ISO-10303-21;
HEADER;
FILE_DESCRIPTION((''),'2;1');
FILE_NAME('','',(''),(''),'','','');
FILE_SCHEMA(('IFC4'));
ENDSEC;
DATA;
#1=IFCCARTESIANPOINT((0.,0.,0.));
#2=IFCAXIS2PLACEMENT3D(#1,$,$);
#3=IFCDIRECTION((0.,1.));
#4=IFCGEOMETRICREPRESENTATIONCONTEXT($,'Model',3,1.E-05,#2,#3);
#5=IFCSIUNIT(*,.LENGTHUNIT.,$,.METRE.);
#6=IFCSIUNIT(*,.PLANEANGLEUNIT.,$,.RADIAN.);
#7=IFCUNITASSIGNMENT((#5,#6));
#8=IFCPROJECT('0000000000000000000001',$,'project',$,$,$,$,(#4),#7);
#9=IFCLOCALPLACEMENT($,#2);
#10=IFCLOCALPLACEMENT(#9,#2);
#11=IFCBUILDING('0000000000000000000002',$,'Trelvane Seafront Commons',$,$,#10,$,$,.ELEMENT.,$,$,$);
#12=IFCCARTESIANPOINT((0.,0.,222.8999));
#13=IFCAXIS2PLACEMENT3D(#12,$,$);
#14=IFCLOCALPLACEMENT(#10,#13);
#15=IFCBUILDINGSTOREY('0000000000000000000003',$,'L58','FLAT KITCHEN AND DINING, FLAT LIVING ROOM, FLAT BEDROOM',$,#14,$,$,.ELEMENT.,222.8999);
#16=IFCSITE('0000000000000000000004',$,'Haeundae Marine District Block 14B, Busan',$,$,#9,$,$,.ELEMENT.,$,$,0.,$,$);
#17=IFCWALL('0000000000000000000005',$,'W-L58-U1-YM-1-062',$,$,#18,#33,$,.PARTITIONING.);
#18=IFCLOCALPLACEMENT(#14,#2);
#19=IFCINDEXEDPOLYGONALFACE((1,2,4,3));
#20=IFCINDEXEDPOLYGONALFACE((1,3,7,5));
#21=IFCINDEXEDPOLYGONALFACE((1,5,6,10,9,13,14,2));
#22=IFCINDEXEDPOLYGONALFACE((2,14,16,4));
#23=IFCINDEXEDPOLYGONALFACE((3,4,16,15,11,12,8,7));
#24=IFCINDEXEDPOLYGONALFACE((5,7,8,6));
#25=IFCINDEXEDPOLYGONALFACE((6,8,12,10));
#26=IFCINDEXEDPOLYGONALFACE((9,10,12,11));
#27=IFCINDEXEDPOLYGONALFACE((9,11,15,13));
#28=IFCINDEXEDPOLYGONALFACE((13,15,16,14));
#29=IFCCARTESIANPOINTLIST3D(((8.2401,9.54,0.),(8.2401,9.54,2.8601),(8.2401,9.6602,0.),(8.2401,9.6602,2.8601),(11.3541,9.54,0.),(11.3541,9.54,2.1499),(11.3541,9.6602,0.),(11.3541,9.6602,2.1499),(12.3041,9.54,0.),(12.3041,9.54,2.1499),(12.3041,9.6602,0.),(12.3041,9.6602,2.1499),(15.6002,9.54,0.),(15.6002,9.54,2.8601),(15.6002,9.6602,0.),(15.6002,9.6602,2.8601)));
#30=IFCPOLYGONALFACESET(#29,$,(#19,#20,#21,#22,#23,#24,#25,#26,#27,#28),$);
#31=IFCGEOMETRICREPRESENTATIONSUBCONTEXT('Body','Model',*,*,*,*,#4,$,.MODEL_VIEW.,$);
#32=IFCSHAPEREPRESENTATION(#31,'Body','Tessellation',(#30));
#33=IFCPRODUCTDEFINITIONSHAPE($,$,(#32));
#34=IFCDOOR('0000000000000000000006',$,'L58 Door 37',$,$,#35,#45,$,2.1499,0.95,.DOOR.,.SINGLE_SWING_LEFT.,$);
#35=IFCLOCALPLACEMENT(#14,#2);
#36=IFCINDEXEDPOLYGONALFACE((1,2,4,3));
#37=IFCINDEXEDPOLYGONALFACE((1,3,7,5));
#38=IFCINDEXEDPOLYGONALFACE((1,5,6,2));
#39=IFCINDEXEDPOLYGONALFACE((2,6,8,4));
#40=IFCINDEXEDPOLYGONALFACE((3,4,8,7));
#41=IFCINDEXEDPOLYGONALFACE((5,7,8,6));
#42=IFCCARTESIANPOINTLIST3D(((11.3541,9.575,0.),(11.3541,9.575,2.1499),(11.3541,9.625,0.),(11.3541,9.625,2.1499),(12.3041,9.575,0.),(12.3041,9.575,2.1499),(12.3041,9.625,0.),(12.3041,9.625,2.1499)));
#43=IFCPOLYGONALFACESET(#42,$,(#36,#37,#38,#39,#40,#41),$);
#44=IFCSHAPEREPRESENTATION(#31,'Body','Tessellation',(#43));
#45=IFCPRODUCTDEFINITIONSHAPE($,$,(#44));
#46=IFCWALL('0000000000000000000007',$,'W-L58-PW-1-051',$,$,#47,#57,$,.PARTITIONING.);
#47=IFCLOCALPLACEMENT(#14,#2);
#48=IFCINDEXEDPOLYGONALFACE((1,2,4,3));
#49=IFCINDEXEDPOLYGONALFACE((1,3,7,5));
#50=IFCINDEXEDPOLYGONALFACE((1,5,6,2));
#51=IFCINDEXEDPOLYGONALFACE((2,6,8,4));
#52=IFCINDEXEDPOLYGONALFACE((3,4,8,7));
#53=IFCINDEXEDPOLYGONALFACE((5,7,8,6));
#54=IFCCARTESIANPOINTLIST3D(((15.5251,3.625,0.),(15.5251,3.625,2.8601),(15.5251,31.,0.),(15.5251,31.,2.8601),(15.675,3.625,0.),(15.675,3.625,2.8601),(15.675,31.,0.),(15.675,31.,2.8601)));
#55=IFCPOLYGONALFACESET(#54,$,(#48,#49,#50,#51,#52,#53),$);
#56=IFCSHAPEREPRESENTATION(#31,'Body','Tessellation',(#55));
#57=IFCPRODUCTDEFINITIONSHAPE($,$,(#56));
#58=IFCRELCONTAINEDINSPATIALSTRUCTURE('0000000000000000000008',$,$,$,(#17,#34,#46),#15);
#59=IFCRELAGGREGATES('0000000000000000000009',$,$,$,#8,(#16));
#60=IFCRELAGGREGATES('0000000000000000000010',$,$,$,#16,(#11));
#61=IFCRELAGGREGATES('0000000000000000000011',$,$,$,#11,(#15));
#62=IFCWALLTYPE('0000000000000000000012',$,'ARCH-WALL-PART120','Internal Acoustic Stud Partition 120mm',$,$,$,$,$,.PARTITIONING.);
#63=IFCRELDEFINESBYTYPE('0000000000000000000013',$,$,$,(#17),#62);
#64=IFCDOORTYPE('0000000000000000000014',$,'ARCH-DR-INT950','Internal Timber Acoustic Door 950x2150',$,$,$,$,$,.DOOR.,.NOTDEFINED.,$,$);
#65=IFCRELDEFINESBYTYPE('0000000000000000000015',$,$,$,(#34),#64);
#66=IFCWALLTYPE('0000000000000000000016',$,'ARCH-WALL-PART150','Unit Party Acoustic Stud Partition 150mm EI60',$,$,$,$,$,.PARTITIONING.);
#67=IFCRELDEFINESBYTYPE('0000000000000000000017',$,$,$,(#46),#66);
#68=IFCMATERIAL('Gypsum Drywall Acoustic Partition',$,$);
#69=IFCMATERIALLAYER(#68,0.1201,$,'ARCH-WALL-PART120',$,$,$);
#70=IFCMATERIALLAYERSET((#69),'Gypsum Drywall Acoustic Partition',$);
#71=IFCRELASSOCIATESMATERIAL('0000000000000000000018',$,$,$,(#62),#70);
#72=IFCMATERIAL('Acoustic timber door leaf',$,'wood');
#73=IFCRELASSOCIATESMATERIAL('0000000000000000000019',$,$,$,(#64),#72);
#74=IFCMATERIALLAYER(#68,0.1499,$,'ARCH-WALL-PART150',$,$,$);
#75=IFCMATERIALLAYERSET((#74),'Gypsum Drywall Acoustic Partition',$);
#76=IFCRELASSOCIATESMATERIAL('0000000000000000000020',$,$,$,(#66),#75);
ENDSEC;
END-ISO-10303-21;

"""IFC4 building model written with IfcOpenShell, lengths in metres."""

from ifc_helpers import new_model, si_unit, direction, frame, frame_2d, origin, place, context, subcontext, project, spatial, rectangle, extrude, source, transform, mapped, material, layer, layer_set, type_object, element, fill, save


model = new_model("IFC4")

# Units and contexts
model_context = context("Model", 3, precision=1e-05, world=origin(), true_north=direction((0.0, 1.0)))
body_context = subcontext(model_context, "Body", "Model", "MODEL_VIEW")
ifc_project = project(units=[si_unit("LENGTHUNIT", "METRE"), si_unit("PLANEANGLEUNIT", "RADIAN")], contexts=[model_context])

# Site, building, storey
site_placement = place(None, origin())
site = spatial("IfcSite", under=ifc_project, at=site_placement, Name="Haeundae Marine District Block 14B, Busan", CompositionType="ELEMENT", RefElevation=0.0)
building_placement = place(site_placement, origin())
building = spatial("IfcBuilding", under=site, at=building_placement, Name="Trelvane Seafront Commons", CompositionType="ELEMENT")
storey_placement = place(building_placement, frame((0.0, 0.0, 222.8999)))
storey = spatial("IfcBuildingStorey", under=building, at=storey_placement, Name="L58", Description="FLAT KITCHEN AND DINING, FLAT LIVING ROOM, FLAT BEDROOM", CompositionType="ELEMENT", Elevation=222.8999)

# Wall, opening, door
ifc_material_1 = material(Name="Gypsum Drywall Acoustic Partition")
ifc_layer_1 = layer(ifc_material_1, 0.1201, Name="ARCH-WALL-PART120")
ifc_layer_set_1 = layer_set([ifc_layer_1], Name="Gypsum Drywall Acoustic Partition")
wall_type_1 = type_object("IfcWallType", Name="ARCH-WALL-PART120", Description="Internal Acoustic Stud Partition 120mm", PredefinedType="PARTITIONING", material=ifc_layer_set_1)
wall_1_placement = place(storey_placement, frame((8.24, 9.6001, 0.0), z_axis=(0.0, 0.0, 1.0), x_axis=(1.0, 0.0, 0.0)))
wall_1 = element("IfcWall", 1, at=wall_1_placement, inside=storey, type_object=wall_type_1, Name="W-L58-U1-YM-1-062", PredefinedType="PARTITIONING", context=body_context, shape_type="SweptSolid", body=[
    extrude(rectangle(XDim=7.3601, YDim=0.1201, at=frame_2d((3.6802, 0.0))), origin(), (0.0, 0.0, 1.0), 2.8601),
])
opening_1_placement = place(wall_1_placement, frame((3.114, 0.0, 0.0)))
opening_1 = element("IfcOpeningElement", 2, at=opening_1_placement, cuts=wall_1, PredefinedType="OPENING", context=body_context, shape_type="SweptSolid", body=[
    extrude(rectangle(XDim=0.95, YDim=2.1499, at=frame_2d((0.4751, 1.075))), frame((0.0, 0.0701, 0.0), z_axis=(0.0, -1.0, 0.0), x_axis=(1.0, 0.0, 0.0)), (0.0, 0.0, 1.0), 0.1401),
])
ifc_material_2 = material(Name="Acoustic timber door leaf", Category="wood")
door_type = type_object("IfcDoorType", Name="ARCH-DR-INT950", Description="Internal Timber Acoustic Door 950x2150", OperationType="NOTDEFINED", PredefinedType="DOOR", material=ifc_material_2)
shared_shape_1 = source(origin(), body_context, "Body", "SweptSolid", [
    extrude(rectangle(XDim=0.95, YDim=2.1499, at=frame_2d((0.4751, 1.075))), frame((0.0, 0.0249, 0.0), z_axis=(0.0, -1.0, 0.0), x_axis=(1.0, 0.0, 0.0)), (0.0, 0.0, 1.0), 0.05),
])
door_1_placement = place(opening_1_placement, origin())
door_1 = element("IfcDoor", 3, at=door_1_placement, inside=storey, type_object=door_type, Name="L58 Door 37", OperationType="SINGLE_SWING_LEFT", OverallHeight=2.1499, OverallWidth=0.95, PredefinedType="DOOR", context=body_context, shape_type="MappedRepresentation", body=[
    mapped(shared_shape_1, transform((0.0, 0.0, 0.0), x_axis=(1.0, 0.0, 0.0), y_axis=(0.0, 1.0, 0.0), z_axis=(0.0, 0.0, 1.0), scale=1.0)),
])
fill(opening_1, door_1)

# Wall
ifc_layer_2 = layer(ifc_material_1, 0.1499, Name="ARCH-WALL-PART150")
ifc_layer_set_2 = layer_set([ifc_layer_2], Name="Gypsum Drywall Acoustic Partition")
wall_type_2 = type_object("IfcWallType", Name="ARCH-WALL-PART150", Description="Unit Party Acoustic Stud Partition 150mm EI60", PredefinedType="PARTITIONING", material=ifc_layer_set_2)
wall_2_placement = place(storey_placement, frame((15.6001, 3.625, 0.0), z_axis=(0.0, 0.0, 1.0), x_axis=(0.0, 1.0, 0.0)))
element("IfcWall", 4, at=wall_2_placement, inside=storey, type_object=wall_type_2, Name="W-L58-PW-1-051", PredefinedType="PARTITIONING", context=body_context, shape_type="SweptSolid", body=[
    extrude(rectangle(XDim=27.375, YDim=0.1499, at=frame_2d((13.6875, 0.0))), origin(), (0.0, 0.0, 1.0), 2.8601),
])

save(model, "model.ifc")
